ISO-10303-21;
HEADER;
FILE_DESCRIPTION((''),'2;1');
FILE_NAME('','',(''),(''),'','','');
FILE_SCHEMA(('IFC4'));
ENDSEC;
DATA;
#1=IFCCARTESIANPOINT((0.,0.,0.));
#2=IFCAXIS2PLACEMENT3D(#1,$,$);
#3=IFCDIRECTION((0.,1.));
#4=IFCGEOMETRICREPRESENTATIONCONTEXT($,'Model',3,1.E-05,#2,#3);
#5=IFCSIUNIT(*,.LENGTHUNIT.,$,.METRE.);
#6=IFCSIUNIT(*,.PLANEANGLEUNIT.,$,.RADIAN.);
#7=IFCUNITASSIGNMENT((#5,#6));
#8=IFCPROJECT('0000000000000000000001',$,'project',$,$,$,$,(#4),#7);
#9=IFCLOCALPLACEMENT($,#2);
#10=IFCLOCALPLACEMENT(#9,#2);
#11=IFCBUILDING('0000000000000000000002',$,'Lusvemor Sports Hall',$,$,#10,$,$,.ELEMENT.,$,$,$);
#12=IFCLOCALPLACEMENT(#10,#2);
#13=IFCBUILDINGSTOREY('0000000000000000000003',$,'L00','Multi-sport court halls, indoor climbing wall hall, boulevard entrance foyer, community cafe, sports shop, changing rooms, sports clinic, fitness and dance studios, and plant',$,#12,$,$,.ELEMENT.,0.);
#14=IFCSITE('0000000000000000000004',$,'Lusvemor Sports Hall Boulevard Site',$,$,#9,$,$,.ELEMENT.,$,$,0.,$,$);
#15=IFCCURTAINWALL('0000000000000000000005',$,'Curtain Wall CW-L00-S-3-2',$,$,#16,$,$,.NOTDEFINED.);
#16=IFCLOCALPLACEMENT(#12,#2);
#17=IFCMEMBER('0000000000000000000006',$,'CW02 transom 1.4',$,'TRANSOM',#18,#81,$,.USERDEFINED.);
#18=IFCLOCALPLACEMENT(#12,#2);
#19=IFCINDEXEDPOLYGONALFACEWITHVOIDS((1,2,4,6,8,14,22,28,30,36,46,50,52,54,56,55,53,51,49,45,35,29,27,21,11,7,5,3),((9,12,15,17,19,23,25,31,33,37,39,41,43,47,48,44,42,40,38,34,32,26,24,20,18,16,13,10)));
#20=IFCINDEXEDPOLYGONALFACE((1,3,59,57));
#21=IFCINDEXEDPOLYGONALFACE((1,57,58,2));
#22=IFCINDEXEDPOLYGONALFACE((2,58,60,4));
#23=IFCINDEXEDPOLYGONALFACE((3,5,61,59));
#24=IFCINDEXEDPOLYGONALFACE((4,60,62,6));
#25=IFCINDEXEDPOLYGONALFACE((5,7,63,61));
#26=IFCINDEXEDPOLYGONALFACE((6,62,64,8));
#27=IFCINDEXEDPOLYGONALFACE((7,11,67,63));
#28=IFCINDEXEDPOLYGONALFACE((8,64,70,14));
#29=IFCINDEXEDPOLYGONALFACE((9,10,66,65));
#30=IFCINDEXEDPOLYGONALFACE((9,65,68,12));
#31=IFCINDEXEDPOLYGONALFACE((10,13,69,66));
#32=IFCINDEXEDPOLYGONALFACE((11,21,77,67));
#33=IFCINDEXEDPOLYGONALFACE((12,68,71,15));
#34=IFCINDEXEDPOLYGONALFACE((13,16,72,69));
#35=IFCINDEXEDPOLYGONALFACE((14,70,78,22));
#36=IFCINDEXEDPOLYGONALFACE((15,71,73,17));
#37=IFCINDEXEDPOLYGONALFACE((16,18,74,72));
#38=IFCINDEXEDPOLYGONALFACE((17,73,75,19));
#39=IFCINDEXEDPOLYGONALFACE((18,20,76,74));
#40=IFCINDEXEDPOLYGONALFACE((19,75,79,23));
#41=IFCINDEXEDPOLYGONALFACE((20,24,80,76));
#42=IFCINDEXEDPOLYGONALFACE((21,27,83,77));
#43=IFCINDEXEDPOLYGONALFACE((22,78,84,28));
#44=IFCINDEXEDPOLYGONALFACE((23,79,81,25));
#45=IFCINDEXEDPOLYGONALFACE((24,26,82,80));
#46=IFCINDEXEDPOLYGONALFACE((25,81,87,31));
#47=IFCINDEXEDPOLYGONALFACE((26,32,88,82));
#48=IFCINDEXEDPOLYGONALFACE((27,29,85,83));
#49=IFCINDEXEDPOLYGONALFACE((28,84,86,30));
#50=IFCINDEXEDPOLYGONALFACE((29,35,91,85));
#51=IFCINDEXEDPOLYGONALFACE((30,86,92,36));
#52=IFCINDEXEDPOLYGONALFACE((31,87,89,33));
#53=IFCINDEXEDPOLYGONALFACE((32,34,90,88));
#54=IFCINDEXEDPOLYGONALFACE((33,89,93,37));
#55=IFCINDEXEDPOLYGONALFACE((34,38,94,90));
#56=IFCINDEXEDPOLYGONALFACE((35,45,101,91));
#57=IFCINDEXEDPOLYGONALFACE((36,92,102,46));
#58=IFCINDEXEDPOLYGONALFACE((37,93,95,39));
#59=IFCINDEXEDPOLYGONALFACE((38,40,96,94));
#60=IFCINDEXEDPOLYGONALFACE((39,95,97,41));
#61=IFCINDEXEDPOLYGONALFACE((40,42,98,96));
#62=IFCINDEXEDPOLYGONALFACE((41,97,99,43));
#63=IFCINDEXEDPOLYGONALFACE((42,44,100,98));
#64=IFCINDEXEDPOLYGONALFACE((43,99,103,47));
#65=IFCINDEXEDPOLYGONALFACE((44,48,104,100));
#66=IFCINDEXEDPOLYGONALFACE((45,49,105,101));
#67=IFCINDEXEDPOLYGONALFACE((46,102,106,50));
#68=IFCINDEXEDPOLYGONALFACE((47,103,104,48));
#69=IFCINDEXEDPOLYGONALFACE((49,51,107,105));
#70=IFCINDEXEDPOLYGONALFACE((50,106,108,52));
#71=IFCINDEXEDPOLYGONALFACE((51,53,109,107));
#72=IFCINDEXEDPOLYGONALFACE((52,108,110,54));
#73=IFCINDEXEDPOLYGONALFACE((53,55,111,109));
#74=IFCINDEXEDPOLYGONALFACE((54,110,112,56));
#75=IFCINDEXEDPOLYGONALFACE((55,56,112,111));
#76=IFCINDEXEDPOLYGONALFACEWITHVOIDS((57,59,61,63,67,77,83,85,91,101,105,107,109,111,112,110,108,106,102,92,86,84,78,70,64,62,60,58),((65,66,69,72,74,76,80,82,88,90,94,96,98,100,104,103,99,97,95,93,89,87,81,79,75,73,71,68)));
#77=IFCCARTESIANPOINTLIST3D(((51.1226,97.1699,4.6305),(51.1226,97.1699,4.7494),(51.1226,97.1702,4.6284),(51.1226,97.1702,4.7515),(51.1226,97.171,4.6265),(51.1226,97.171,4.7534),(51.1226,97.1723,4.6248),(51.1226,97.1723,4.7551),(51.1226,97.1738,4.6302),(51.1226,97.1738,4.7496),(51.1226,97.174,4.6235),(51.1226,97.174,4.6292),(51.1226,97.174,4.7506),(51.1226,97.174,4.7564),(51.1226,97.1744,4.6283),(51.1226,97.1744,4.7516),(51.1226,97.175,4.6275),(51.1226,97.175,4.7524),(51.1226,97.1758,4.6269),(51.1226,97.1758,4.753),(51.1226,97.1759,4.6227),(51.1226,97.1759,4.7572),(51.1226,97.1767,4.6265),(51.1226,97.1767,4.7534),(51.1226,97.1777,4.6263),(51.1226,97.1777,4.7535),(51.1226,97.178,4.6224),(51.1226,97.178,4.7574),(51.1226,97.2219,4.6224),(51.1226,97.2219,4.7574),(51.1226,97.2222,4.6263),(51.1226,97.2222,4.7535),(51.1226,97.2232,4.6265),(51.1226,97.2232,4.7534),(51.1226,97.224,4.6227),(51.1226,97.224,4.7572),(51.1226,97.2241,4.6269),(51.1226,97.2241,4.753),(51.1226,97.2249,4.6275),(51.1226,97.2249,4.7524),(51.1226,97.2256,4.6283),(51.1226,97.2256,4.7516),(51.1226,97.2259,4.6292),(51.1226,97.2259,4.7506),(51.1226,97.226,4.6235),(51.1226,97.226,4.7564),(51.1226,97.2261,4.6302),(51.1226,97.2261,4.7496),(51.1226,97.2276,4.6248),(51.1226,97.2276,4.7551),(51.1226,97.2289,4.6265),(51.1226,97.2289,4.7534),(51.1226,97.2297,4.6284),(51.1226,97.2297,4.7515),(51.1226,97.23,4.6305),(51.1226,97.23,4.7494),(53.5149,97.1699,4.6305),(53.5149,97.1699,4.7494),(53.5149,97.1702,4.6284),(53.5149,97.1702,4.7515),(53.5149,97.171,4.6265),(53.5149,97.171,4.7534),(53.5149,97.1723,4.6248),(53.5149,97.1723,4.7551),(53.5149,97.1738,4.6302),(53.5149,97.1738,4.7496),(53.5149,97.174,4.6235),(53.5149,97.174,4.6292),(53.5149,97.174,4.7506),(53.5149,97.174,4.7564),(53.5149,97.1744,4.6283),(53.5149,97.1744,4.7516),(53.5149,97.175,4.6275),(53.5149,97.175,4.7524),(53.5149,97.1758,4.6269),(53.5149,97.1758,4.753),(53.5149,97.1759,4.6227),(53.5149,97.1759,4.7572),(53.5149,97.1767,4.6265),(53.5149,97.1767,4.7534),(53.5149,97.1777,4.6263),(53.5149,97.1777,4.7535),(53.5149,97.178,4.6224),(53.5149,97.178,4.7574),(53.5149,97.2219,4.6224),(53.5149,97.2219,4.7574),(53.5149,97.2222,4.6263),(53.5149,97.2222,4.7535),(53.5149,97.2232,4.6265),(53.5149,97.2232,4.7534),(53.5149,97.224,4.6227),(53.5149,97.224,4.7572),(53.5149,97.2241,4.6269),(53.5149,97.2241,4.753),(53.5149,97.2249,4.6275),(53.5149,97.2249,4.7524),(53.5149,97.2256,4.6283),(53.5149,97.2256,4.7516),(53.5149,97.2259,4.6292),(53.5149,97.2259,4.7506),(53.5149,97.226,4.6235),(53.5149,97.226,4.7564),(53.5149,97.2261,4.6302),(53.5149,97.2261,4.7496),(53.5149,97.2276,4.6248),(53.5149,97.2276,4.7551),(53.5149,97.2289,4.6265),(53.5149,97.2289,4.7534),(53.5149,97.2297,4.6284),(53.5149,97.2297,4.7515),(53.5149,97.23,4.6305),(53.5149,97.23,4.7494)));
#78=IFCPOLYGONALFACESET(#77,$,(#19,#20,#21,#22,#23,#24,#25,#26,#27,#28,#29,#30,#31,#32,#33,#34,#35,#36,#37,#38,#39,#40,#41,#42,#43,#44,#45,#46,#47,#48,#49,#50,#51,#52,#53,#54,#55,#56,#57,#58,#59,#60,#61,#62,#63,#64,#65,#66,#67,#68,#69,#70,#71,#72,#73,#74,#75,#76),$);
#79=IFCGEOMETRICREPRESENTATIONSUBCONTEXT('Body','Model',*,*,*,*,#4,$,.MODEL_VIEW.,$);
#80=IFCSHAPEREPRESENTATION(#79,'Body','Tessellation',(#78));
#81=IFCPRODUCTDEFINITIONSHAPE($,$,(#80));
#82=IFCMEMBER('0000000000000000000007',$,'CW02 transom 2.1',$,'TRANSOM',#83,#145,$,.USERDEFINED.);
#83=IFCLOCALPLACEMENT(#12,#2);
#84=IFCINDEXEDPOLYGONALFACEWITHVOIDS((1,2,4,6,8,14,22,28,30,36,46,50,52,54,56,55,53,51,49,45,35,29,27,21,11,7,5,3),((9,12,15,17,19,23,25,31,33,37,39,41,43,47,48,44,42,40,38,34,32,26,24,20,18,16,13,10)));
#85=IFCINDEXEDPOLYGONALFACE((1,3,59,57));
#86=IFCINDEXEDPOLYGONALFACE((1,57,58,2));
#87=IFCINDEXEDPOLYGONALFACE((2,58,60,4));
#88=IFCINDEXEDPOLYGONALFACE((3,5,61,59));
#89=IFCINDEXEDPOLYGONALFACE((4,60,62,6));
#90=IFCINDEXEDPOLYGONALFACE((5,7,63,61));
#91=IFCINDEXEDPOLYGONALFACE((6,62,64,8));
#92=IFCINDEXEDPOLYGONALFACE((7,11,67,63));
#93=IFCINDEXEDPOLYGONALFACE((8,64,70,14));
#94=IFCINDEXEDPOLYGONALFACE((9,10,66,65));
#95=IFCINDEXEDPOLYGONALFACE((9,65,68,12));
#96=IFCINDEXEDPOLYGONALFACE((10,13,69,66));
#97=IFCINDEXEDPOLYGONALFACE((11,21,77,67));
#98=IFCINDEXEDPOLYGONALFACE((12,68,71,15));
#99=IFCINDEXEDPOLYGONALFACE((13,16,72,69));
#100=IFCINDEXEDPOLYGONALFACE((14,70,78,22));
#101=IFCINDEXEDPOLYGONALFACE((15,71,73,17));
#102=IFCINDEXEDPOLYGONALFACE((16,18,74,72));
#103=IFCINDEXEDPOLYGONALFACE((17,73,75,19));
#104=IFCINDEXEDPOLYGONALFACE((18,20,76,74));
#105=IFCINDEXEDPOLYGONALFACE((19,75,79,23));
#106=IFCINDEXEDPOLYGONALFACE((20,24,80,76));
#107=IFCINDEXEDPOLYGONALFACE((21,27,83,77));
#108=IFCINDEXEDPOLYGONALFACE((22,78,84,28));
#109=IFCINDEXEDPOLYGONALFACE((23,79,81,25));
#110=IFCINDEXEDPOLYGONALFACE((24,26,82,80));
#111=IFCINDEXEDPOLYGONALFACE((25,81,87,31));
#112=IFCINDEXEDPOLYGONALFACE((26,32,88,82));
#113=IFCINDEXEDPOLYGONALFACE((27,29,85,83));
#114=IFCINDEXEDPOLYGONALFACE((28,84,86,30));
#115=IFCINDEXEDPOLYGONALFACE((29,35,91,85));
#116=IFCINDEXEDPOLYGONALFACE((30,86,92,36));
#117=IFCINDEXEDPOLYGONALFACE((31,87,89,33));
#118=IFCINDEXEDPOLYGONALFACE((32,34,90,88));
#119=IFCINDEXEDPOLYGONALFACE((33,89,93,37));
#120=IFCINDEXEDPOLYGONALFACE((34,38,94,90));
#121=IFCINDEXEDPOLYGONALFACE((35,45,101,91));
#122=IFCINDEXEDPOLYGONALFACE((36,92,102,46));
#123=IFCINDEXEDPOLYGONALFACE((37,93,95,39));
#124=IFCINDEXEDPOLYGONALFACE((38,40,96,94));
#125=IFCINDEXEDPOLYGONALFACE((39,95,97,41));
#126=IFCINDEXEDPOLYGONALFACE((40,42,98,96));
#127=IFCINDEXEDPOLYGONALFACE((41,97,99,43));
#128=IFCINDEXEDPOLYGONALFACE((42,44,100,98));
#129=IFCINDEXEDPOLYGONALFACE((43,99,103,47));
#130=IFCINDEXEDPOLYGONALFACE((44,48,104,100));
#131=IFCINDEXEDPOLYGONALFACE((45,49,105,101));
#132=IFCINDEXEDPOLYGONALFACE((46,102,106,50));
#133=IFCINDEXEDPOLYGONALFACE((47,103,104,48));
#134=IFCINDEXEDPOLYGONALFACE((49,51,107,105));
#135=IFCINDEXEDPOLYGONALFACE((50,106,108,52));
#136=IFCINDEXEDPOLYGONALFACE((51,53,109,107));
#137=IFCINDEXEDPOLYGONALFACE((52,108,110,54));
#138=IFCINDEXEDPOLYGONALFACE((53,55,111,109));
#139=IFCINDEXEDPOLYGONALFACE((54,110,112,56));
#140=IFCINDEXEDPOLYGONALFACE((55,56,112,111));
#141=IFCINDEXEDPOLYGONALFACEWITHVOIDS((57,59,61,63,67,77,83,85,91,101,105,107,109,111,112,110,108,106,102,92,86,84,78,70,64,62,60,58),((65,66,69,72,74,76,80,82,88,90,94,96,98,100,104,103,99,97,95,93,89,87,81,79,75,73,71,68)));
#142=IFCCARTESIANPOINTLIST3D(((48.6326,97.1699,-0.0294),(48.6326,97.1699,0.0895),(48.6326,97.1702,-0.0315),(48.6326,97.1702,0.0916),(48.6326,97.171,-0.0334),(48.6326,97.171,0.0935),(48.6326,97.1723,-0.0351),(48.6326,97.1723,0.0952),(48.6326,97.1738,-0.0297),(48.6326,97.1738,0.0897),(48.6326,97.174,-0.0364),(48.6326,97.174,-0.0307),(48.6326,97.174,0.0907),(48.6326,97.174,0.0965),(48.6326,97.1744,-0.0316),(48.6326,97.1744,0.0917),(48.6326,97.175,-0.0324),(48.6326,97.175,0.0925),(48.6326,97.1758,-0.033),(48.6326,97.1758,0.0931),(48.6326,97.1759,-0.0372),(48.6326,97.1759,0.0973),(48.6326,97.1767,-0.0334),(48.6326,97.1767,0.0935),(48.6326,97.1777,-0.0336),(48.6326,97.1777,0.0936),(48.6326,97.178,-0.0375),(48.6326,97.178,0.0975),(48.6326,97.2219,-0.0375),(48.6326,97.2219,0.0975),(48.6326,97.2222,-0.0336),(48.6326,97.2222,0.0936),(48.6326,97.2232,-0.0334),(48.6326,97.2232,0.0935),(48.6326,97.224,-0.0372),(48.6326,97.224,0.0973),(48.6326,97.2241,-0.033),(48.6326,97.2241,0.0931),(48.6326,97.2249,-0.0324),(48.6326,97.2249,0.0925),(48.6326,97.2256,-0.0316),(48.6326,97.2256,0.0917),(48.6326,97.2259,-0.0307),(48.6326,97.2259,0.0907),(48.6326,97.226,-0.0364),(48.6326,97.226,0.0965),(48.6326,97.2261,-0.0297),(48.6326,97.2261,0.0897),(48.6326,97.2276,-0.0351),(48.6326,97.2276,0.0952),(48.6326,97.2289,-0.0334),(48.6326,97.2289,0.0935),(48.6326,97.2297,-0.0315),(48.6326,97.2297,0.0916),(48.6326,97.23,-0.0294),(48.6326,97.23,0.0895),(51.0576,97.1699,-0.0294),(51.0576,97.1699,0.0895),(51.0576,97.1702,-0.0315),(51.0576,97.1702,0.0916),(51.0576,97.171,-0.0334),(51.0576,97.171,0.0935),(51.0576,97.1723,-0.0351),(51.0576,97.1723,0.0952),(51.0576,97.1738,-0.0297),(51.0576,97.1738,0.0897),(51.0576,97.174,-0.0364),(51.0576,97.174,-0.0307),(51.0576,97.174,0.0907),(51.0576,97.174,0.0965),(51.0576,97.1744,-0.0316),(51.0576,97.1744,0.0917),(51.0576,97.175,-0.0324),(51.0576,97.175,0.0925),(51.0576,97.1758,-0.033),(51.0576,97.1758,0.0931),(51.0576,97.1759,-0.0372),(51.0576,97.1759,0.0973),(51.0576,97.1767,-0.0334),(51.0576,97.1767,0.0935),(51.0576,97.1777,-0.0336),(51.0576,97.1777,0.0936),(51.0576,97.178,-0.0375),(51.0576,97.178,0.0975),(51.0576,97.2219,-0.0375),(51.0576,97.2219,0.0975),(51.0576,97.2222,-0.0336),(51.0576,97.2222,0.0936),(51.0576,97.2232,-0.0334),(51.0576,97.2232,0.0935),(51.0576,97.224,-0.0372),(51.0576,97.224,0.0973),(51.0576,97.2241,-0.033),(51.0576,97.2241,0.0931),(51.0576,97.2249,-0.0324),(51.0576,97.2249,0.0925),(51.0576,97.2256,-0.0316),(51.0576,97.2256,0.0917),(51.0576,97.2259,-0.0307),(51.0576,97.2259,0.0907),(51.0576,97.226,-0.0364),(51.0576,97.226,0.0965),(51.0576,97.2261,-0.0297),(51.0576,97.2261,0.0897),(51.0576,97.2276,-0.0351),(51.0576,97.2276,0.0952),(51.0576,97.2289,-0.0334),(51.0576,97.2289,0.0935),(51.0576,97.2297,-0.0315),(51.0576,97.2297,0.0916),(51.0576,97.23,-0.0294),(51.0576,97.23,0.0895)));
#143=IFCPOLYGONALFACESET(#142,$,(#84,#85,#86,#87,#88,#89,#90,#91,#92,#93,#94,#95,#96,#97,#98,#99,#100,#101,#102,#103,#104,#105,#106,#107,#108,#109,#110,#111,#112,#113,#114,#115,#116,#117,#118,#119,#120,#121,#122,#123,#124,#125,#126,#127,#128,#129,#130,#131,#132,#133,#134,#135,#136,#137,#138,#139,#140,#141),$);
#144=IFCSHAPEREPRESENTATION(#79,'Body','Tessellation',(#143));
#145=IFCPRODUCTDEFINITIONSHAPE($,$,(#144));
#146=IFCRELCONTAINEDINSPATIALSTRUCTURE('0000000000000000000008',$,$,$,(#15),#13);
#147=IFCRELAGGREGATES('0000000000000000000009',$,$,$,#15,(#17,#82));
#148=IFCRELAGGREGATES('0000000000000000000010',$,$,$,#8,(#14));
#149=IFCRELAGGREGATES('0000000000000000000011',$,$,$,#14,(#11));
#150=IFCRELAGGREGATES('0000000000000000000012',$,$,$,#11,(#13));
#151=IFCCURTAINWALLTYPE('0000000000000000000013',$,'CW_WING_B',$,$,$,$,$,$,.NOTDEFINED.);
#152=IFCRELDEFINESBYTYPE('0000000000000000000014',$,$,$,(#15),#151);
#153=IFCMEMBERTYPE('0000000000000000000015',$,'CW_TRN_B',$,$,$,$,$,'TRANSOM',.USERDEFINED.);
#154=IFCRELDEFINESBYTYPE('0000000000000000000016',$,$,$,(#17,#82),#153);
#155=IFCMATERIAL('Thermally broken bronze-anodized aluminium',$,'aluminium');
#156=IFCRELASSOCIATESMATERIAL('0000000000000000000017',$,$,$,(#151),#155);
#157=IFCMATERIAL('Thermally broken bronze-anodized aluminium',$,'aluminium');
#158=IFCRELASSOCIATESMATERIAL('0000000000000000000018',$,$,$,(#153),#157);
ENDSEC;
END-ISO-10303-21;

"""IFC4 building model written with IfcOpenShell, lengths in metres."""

from ifc_helpers import new_model, si_unit, direction, frame, origin, origin_2d, place, context, subcontext, project, spatial, hollow_rectangle, extrude, material, material_profile, profile_set, type_object, element, aggregate, save


model = new_model("IFC4")

# Units and contexts
model_context = context("Model", 3, precision=1e-05, world=origin(), true_north=direction((0.0, 1.0)))
body_context = subcontext(model_context, "Body", "Model", "MODEL_VIEW")
ifc_project = project(units=[si_unit("LENGTHUNIT", "METRE"), si_unit("PLANEANGLEUNIT", "RADIAN")], contexts=[model_context])

# Site, building, storey
site_placement = place(None, origin())
site = spatial("IfcSite", under=ifc_project, at=site_placement, Name="Lusvemor Sports Hall Boulevard Site", CompositionType="ELEMENT", RefElevation=0.0)
building_placement = place(site_placement, origin())
building = spatial("IfcBuilding", under=site, at=building_placement, Name="Lusvemor Sports Hall", CompositionType="ELEMENT")
storey_placement = place(building_placement, origin())
storey = spatial("IfcBuildingStorey", under=building, at=storey_placement, Name="L00", Description="Multi-sport court halls, indoor climbing wall hall, boulevard entrance foyer, community cafe, sports shop, changing rooms, sports clinic, fitness and dance studios, and plant", CompositionType="ELEMENT", Elevation=0.0)

# Curtain wall
ifc_material_1 = material(Name="Thermally broken bronze-anodized aluminium", Category="aluminium")
curtain_wall_type = type_object("IfcCurtainWallType", Name="CW_WING_B", PredefinedType="NOTDEFINED", material=ifc_material_1)
curtain_wall_1_placement = place(storey_placement, origin())
curtain_wall_1 = element("IfcCurtainWall", 1, at=curtain_wall_1_placement, inside=storey, type_object=curtain_wall_type, Name="Curtain Wall CW-L00-S-3-2", PredefinedType="NOTDEFINED")

# Members
ifc_material_2 = material(Name="Thermally broken bronze-anodized aluminium", Category="aluminium")
ifc_material_profile_1 = material_profile(ifc_material_2, hollow_rectangle(XDim=0.0601, YDim=0.135, WallThickness=0.0039, InnerFilletRadius=0.0039, OuterFilletRadius=0.0081, at=origin_2d()), Name="CWTRN135x60x4")
ifc_profile_set_1 = profile_set([ifc_material_profile_1], Name="Thermally broken bronze-anodized aluminium")
member_type_1 = type_object("IfcMemberType", Name="CW_TRN_B", ElementType="TRANSOM", PredefinedType="USERDEFINED", material=ifc_profile_set_1)
member_1_placement = place(storey_placement, frame((53.5149, 97.2, 4.6899), z_axis=(-1.0, 0.0, 0.0), x_axis=(0.0, -1.0, 0.0)))
member_1 = element("IfcMember", 2, at=member_1_placement, type_object=member_type_1, Name="CW02 transom 1.4", ObjectType="TRANSOM", PredefinedType="USERDEFINED", context=body_context, shape_type="SweptSolid", body=[
    extrude(hollow_rectangle(XDim=0.0601, YDim=0.135, WallThickness=0.0039, InnerFilletRadius=0.0039, OuterFilletRadius=0.0081, at=origin_2d()), origin(), (0.0, 0.0, 1.0), 2.3923),
])
member_2_placement = place(storey_placement, frame((51.0576, 97.2, 0.03), z_axis=(-1.0, 0.0, 0.0), x_axis=(0.0, -1.0, 0.0)))
member_2 = element("IfcMember", 3, at=member_2_placement, type_object=member_type_1, Name="CW02 transom 2.1", ObjectType="TRANSOM", PredefinedType="USERDEFINED", context=body_context, shape_type="SweptSolid", body=[
    extrude(hollow_rectangle(XDim=0.0601, YDim=0.135, WallThickness=0.0039, InnerFilletRadius=0.0039, OuterFilletRadius=0.0081, at=origin_2d()), origin(), (0.0, 0.0, 1.0), 2.425),
])

aggregate(curtain_wall_1, [member_1, member_2])

save(model, "model.ifc")
